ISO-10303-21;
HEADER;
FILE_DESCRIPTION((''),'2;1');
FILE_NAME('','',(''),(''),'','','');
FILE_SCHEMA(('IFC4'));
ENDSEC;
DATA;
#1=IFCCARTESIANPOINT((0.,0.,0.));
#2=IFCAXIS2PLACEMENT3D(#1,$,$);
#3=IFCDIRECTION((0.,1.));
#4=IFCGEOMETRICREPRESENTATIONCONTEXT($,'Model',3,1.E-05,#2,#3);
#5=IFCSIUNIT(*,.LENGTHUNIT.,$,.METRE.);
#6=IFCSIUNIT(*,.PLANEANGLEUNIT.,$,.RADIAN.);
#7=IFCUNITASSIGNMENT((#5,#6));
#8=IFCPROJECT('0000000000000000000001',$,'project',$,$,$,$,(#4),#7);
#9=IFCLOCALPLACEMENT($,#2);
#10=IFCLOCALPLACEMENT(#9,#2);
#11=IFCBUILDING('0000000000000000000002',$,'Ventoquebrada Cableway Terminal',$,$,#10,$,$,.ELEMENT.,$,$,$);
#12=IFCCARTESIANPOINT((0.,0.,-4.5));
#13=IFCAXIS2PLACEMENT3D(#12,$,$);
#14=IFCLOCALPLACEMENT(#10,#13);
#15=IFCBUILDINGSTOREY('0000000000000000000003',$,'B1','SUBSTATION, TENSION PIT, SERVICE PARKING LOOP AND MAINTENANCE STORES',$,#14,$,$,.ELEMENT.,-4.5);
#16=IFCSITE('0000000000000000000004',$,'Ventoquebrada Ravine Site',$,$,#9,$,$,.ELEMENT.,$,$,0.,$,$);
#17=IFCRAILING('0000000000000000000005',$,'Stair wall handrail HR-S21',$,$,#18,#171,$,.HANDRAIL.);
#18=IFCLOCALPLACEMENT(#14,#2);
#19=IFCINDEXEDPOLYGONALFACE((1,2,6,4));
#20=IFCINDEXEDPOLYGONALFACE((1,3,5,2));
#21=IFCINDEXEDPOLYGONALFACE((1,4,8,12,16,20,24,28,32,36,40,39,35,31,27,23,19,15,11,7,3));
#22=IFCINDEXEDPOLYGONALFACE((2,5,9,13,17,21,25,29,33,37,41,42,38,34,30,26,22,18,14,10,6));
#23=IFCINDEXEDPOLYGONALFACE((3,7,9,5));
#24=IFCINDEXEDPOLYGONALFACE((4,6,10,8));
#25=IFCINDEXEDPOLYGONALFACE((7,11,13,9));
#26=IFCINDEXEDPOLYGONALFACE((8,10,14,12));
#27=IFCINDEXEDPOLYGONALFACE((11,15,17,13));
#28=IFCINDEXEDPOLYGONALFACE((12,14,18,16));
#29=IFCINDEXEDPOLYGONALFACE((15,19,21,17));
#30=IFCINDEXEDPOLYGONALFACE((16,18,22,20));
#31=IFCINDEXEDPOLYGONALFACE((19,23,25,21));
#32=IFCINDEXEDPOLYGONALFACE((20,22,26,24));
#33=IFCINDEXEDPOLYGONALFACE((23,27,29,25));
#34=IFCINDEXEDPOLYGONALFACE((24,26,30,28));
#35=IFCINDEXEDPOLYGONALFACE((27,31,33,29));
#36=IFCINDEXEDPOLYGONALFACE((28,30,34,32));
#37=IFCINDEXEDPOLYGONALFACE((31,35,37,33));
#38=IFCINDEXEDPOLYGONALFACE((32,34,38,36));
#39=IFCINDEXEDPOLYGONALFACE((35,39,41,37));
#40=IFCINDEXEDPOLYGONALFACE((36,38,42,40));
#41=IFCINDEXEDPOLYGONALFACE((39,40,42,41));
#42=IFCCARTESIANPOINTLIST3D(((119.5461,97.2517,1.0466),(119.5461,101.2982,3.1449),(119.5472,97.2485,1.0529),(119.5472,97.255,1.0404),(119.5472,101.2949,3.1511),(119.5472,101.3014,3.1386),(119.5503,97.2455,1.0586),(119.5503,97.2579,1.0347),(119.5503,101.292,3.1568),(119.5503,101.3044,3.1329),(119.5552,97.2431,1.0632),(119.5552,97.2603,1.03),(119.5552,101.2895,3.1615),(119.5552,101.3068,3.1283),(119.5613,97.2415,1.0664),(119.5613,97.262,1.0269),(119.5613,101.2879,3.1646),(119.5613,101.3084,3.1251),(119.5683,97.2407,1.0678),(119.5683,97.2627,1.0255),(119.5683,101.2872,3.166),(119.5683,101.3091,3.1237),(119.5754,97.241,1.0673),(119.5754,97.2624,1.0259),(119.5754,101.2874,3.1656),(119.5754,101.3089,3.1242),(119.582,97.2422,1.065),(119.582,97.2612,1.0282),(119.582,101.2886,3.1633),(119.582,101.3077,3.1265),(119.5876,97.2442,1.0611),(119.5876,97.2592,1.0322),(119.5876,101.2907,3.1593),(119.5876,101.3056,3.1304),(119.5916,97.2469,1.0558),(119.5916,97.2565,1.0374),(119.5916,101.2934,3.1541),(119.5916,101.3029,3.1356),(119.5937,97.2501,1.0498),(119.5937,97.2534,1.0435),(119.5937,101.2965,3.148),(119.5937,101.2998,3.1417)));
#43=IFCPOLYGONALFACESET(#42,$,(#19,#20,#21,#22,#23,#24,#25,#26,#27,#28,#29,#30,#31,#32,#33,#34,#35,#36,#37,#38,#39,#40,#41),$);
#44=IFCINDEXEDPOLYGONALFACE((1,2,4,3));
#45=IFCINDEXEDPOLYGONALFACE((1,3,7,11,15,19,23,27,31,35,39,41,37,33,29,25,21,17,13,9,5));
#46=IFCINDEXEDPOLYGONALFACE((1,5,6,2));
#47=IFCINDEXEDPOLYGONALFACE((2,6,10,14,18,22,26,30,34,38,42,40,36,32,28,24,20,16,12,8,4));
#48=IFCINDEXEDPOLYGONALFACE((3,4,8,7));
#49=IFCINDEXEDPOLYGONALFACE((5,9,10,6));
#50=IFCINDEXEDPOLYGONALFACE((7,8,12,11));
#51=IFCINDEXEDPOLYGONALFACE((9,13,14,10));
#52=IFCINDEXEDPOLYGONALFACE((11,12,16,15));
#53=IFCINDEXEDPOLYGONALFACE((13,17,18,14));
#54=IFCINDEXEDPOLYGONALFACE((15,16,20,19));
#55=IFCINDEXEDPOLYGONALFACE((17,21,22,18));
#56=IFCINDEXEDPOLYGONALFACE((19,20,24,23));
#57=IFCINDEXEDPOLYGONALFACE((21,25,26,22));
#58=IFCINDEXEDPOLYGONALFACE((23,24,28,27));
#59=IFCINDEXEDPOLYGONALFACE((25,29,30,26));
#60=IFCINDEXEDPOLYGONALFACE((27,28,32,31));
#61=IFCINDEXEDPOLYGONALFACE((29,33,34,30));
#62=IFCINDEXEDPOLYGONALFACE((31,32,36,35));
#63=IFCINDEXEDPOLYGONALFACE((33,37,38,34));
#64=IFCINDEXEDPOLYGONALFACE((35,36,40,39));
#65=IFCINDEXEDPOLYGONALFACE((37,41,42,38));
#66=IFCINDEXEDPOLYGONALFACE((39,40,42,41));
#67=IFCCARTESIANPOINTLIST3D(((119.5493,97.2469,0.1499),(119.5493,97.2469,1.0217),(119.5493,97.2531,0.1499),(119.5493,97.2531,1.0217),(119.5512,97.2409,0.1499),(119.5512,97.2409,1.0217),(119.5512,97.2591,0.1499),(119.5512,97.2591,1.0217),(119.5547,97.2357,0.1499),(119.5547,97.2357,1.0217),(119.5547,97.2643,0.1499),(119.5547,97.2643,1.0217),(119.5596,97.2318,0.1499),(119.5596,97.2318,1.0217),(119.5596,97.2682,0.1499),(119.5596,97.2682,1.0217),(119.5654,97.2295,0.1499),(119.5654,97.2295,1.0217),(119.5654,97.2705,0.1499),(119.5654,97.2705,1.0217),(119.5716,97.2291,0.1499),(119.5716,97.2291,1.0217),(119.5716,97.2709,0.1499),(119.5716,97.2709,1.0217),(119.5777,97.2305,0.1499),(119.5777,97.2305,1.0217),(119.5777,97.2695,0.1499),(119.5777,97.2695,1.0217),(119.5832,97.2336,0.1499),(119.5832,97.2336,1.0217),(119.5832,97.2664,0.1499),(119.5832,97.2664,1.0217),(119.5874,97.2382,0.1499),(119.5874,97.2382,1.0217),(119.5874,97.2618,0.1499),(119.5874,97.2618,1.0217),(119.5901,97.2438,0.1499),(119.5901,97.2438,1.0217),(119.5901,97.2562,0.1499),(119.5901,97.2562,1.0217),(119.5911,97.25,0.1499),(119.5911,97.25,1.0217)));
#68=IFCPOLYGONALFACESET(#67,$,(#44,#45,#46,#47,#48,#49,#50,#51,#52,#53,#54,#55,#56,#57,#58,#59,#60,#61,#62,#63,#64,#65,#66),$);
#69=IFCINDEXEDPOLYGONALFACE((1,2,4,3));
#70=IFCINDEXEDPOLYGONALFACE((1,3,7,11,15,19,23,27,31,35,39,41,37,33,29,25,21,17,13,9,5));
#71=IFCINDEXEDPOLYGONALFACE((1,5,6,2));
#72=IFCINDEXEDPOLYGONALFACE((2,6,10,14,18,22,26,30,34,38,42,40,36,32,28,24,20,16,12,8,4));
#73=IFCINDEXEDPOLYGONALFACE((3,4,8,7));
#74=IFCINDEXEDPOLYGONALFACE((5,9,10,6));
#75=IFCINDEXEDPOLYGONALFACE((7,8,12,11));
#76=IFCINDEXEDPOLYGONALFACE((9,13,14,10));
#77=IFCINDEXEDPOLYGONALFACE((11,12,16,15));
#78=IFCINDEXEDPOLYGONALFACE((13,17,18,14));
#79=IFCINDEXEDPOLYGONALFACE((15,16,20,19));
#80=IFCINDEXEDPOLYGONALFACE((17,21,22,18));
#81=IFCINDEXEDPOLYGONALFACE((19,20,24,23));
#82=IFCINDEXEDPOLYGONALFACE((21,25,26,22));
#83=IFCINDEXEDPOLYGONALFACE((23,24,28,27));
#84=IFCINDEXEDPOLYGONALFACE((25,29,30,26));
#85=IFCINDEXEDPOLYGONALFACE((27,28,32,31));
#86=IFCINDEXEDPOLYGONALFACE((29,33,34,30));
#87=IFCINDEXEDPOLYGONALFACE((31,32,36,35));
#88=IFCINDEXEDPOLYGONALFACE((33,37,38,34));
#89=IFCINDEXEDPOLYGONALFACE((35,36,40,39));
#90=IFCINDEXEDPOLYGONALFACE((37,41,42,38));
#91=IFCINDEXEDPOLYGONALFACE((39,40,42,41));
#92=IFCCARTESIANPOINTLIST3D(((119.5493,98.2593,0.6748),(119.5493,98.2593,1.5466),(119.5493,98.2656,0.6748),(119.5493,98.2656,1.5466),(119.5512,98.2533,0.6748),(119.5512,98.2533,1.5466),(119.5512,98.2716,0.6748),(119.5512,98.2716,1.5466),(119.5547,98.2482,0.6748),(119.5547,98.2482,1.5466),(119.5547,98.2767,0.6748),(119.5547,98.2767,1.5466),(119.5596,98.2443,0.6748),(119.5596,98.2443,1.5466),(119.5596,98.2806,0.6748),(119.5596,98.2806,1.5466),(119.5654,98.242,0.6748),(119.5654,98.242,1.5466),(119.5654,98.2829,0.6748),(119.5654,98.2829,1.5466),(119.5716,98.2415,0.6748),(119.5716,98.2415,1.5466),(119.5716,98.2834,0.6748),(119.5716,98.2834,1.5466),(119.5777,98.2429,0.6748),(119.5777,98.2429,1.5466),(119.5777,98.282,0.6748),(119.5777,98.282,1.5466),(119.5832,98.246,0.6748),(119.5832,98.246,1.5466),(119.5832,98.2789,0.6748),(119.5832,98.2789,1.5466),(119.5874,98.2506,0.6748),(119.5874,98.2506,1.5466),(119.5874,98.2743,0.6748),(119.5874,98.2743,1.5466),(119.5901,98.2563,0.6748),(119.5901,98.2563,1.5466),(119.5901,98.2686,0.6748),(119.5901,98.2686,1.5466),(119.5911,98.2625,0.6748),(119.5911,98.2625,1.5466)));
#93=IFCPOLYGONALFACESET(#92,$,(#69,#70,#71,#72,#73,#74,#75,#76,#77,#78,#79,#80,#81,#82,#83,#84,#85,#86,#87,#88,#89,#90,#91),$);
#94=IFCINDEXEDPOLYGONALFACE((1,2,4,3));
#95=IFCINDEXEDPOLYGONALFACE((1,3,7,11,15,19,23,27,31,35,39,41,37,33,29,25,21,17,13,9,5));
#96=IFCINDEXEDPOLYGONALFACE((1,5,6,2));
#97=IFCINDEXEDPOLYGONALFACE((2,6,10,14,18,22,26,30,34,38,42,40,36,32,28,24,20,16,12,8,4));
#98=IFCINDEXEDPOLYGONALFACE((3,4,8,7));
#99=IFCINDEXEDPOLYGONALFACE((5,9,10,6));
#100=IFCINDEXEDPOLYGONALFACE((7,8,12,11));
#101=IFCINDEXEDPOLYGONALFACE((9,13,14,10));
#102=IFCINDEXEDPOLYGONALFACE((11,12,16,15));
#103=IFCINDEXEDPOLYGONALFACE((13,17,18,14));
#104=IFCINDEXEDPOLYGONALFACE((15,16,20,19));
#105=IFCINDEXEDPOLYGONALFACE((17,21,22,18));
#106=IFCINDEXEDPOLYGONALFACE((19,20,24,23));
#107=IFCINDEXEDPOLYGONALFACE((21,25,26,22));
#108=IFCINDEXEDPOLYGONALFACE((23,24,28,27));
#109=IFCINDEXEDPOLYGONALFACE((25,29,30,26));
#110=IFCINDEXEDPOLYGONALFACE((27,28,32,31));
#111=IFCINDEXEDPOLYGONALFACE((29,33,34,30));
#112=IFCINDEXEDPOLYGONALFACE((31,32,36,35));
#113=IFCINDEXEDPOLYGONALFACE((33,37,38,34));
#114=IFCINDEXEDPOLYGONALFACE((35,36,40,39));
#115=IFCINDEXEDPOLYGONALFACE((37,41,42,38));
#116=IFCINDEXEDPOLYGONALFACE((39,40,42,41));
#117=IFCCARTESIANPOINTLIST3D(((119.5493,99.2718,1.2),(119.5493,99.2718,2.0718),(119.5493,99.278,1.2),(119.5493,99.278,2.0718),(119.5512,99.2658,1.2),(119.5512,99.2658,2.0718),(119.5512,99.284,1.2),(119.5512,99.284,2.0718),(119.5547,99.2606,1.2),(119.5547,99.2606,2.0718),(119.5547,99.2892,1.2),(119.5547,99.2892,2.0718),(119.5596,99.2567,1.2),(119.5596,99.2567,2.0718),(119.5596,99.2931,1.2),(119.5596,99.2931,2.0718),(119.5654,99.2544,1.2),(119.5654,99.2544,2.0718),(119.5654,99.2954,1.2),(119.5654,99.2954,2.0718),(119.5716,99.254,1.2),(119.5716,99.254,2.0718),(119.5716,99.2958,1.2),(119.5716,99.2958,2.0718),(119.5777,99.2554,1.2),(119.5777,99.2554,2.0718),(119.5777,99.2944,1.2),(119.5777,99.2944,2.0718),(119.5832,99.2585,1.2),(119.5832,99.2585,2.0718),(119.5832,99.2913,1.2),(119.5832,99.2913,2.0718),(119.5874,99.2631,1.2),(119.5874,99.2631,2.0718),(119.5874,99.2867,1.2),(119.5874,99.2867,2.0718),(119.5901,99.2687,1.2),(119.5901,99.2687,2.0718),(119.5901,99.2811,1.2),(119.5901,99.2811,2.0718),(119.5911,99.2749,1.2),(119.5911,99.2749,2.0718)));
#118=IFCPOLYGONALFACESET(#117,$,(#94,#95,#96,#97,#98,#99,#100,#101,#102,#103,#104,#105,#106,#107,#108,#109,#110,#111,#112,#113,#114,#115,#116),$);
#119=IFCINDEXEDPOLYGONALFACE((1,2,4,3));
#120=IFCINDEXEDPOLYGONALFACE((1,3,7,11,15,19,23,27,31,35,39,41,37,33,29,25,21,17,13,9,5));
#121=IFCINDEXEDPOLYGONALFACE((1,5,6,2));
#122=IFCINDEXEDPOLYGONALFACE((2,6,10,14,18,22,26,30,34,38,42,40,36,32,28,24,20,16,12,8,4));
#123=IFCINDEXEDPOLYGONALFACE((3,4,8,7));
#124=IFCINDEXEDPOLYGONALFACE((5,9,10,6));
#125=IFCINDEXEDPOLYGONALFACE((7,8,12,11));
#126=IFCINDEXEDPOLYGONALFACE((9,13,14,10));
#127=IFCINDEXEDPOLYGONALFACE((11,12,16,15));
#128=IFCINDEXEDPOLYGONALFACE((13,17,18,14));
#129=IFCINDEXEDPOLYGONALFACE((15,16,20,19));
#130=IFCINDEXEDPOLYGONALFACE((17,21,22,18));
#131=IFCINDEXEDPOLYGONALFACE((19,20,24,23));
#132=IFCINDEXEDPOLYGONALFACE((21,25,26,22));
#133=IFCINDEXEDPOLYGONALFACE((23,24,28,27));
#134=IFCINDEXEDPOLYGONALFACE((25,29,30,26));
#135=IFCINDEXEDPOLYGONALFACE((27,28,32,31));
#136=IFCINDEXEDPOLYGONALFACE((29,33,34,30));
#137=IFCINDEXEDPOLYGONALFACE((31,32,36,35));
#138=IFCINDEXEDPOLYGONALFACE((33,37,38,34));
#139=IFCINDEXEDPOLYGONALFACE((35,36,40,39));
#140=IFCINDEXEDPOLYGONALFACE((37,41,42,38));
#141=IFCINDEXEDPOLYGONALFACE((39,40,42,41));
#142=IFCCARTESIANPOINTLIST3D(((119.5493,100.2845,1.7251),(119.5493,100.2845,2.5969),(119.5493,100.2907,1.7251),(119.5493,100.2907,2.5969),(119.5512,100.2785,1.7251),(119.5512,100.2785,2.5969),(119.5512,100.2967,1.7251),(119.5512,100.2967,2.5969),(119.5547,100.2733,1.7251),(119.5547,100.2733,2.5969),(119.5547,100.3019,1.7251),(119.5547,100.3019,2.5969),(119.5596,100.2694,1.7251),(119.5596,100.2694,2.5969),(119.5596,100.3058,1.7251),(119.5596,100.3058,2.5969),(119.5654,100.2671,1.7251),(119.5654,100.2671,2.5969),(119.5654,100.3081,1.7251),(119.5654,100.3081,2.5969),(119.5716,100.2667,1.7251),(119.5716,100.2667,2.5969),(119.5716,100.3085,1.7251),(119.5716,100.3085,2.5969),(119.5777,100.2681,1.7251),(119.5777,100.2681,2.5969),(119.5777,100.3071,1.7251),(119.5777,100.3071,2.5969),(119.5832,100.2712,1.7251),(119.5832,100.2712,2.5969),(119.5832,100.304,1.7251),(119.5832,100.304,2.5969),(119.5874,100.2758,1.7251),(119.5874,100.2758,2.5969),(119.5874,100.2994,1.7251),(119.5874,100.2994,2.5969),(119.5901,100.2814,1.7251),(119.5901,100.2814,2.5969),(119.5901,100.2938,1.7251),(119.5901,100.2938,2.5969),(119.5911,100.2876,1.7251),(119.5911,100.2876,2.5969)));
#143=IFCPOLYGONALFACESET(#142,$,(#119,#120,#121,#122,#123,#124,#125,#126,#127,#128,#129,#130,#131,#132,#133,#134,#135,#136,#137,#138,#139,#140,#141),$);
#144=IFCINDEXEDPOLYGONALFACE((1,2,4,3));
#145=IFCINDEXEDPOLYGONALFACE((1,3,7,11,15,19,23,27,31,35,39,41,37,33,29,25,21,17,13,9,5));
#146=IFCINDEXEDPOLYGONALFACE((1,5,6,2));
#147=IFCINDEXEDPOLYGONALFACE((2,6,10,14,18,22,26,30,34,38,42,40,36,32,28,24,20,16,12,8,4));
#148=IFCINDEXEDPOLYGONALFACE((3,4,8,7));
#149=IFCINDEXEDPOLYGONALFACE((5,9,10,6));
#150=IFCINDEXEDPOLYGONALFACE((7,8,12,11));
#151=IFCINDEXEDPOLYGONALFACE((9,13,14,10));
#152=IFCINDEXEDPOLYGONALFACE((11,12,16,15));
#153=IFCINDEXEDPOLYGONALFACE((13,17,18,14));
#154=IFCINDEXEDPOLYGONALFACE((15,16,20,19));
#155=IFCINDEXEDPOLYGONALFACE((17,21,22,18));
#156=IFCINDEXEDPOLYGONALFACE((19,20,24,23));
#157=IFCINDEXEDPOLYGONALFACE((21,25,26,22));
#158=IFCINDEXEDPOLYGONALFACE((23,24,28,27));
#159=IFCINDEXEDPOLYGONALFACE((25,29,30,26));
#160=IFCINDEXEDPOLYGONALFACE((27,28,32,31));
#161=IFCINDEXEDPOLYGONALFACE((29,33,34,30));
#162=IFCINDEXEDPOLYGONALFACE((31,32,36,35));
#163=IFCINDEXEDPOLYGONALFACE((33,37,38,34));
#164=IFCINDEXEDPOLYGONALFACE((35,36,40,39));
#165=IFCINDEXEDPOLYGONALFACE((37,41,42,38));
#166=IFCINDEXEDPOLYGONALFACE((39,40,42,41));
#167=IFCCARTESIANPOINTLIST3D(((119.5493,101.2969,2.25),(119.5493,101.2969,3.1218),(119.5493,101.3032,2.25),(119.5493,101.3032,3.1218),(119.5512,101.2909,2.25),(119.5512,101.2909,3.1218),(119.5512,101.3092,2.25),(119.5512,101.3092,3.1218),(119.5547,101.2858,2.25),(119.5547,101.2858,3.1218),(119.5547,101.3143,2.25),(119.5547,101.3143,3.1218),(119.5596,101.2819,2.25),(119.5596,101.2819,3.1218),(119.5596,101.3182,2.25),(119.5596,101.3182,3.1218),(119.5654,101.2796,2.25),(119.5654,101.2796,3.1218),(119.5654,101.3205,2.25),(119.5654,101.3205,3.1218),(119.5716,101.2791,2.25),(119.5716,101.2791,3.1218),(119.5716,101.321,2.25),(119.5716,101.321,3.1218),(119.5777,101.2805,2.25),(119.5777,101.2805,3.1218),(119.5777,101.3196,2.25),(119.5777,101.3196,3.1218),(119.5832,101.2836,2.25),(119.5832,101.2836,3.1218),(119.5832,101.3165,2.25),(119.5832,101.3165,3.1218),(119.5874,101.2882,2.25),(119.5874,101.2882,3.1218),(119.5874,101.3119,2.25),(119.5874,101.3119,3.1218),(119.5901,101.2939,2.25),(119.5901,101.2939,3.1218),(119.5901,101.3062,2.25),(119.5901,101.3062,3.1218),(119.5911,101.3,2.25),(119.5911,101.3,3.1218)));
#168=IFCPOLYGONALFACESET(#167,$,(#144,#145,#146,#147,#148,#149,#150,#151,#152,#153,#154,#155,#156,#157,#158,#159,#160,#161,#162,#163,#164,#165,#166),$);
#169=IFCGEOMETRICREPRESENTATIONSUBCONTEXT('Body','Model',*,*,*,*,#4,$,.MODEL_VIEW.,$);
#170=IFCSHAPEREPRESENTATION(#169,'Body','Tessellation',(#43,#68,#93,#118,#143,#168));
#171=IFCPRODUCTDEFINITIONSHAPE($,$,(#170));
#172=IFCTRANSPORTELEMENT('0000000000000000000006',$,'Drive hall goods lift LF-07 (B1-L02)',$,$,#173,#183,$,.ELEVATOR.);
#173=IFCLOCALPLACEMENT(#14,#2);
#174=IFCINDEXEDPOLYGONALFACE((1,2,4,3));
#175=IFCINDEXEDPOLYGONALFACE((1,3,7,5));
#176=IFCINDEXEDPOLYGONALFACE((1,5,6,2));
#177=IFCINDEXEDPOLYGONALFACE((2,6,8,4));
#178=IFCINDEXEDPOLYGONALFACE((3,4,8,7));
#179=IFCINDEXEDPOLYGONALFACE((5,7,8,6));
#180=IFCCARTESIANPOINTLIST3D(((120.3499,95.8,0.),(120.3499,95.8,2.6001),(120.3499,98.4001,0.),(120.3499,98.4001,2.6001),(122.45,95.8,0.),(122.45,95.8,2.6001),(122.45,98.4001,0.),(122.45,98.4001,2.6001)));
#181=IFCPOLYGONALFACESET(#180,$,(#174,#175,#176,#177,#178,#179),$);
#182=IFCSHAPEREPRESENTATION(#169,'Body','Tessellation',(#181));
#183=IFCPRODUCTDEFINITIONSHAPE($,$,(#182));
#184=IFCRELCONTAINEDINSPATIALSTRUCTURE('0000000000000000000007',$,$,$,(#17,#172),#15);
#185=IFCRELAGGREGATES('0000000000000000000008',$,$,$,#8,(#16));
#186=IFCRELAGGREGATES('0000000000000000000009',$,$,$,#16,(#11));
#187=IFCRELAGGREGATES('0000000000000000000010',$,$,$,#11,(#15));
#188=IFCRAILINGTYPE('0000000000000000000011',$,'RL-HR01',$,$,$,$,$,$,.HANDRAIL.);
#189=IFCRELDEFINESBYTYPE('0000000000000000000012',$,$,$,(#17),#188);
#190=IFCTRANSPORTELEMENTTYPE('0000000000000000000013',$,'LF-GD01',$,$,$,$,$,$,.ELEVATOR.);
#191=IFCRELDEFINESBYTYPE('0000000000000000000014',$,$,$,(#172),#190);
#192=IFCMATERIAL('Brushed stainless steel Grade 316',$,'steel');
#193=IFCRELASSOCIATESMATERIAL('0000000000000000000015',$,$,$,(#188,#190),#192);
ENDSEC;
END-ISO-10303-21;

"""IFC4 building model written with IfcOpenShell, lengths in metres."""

from ifc_helpers import new_model, si_unit, direction, frame, origin, origin_2d, place, context, subcontext, project, spatial, rectangle, circle, extrude, material, type_object, element, save


model = new_model("IFC4")

# Units and contexts
model_context = context("Model", 3, precision=1e-05, world=origin(), true_north=direction((0.0, 1.0)))
body_context = subcontext(model_context, "Body", "Model", "MODEL_VIEW")
ifc_project = project(units=[si_unit("LENGTHUNIT", "METRE"), si_unit("PLANEANGLEUNIT", "RADIAN")], contexts=[model_context])

# Site, building, storey
site_placement = place(None, origin())
site = spatial("IfcSite", under=ifc_project, at=site_placement, Name="Ventoquebrada Ravine Site", CompositionType="ELEMENT", RefElevation=0.0)
building_placement = place(site_placement, origin())
building = spatial("IfcBuilding", under=site, at=building_placement, Name="Ventoquebrada Cableway Terminal", CompositionType="ELEMENT")
storey_placement = place(building_placement, frame((0.0, 0.0, -4.5)))
storey = spatial("IfcBuildingStorey", under=building, at=storey_placement, Name="B1", Description="SUBSTATION, TENSION PIT, SERVICE PARKING LOOP AND MAINTENANCE STORES", CompositionType="ELEMENT", Elevation=-4.5)

# Railing
ifc_material_1 = material(Name="Brushed stainless steel Grade 316", Category="steel")
railing_type_1 = type_object("IfcRailingType", Name="RL-HR01", PredefinedType="HANDRAIL", material=ifc_material_1)
railing_1_placement = place(storey_placement, frame((119.5701, 97.25, 0.1499)))
element("IfcRailing", 1, at=railing_1_placement, inside=storey, type_object=railing_type_1, Name="Stair wall handrail HR-S21", PredefinedType="HANDRAIL", context=body_context, shape_type="SweptSolid", body=[
    extrude(circle(Radius=0.0239, at=origin_2d()), frame((0.0, 0.0017, 0.8967), z_axis=(0.0, 0.887748, 0.46033), x_axis=(-1.0, 0.0, 0.0)), (0.0, 0.0, 1.0), 4.5581),
    extrude(circle(Radius=0.021, at=origin_2d()), origin(), (0.0, 0.0, 1.0), 0.8718),
    extrude(circle(Radius=0.021, at=origin_2d()), frame((0.0, 1.0125, 0.5249)), (0.0, 0.0, 1.0), 0.8718),
    extrude(circle(Radius=0.021, at=origin_2d()), frame((0.0, 2.0249, 1.05)), (0.0, 0.0, 1.0), 0.8718),
    extrude(circle(Radius=0.021, at=origin_2d()), frame((0.0, 3.0376, 1.5752)), (0.0, 0.0, 1.0), 0.8718),
    extrude(circle(Radius=0.021, at=origin_2d()), frame((0.0, 4.05, 2.1001)), (0.0, 0.0, 1.0), 0.8718),
])

# Transport element
transport_element_type = type_object("IfcTransportElementType", Name="LF-GD01", PredefinedType="ELEVATOR", material=ifc_material_1)
transport_element_placement = place(storey_placement, frame((121.3999, 97.1001, 0.0), z_axis=(0.0, 0.0, 1.0), x_axis=(1.0, 0.0, 0.0)))
element("IfcTransportElement", 2, at=transport_element_placement, inside=storey, type_object=transport_element_type, Name="Drive hall goods lift LF-07 (B1-L02)", PredefinedType="ELEVATOR", context=body_context, shape_type="SweptSolid", body=[
    extrude(rectangle(XDim=2.1001, YDim=2.6001, at=origin_2d()), origin(), (0.0, 0.0, 1.0), 2.6001),
])

save(model, "model.ifc")
